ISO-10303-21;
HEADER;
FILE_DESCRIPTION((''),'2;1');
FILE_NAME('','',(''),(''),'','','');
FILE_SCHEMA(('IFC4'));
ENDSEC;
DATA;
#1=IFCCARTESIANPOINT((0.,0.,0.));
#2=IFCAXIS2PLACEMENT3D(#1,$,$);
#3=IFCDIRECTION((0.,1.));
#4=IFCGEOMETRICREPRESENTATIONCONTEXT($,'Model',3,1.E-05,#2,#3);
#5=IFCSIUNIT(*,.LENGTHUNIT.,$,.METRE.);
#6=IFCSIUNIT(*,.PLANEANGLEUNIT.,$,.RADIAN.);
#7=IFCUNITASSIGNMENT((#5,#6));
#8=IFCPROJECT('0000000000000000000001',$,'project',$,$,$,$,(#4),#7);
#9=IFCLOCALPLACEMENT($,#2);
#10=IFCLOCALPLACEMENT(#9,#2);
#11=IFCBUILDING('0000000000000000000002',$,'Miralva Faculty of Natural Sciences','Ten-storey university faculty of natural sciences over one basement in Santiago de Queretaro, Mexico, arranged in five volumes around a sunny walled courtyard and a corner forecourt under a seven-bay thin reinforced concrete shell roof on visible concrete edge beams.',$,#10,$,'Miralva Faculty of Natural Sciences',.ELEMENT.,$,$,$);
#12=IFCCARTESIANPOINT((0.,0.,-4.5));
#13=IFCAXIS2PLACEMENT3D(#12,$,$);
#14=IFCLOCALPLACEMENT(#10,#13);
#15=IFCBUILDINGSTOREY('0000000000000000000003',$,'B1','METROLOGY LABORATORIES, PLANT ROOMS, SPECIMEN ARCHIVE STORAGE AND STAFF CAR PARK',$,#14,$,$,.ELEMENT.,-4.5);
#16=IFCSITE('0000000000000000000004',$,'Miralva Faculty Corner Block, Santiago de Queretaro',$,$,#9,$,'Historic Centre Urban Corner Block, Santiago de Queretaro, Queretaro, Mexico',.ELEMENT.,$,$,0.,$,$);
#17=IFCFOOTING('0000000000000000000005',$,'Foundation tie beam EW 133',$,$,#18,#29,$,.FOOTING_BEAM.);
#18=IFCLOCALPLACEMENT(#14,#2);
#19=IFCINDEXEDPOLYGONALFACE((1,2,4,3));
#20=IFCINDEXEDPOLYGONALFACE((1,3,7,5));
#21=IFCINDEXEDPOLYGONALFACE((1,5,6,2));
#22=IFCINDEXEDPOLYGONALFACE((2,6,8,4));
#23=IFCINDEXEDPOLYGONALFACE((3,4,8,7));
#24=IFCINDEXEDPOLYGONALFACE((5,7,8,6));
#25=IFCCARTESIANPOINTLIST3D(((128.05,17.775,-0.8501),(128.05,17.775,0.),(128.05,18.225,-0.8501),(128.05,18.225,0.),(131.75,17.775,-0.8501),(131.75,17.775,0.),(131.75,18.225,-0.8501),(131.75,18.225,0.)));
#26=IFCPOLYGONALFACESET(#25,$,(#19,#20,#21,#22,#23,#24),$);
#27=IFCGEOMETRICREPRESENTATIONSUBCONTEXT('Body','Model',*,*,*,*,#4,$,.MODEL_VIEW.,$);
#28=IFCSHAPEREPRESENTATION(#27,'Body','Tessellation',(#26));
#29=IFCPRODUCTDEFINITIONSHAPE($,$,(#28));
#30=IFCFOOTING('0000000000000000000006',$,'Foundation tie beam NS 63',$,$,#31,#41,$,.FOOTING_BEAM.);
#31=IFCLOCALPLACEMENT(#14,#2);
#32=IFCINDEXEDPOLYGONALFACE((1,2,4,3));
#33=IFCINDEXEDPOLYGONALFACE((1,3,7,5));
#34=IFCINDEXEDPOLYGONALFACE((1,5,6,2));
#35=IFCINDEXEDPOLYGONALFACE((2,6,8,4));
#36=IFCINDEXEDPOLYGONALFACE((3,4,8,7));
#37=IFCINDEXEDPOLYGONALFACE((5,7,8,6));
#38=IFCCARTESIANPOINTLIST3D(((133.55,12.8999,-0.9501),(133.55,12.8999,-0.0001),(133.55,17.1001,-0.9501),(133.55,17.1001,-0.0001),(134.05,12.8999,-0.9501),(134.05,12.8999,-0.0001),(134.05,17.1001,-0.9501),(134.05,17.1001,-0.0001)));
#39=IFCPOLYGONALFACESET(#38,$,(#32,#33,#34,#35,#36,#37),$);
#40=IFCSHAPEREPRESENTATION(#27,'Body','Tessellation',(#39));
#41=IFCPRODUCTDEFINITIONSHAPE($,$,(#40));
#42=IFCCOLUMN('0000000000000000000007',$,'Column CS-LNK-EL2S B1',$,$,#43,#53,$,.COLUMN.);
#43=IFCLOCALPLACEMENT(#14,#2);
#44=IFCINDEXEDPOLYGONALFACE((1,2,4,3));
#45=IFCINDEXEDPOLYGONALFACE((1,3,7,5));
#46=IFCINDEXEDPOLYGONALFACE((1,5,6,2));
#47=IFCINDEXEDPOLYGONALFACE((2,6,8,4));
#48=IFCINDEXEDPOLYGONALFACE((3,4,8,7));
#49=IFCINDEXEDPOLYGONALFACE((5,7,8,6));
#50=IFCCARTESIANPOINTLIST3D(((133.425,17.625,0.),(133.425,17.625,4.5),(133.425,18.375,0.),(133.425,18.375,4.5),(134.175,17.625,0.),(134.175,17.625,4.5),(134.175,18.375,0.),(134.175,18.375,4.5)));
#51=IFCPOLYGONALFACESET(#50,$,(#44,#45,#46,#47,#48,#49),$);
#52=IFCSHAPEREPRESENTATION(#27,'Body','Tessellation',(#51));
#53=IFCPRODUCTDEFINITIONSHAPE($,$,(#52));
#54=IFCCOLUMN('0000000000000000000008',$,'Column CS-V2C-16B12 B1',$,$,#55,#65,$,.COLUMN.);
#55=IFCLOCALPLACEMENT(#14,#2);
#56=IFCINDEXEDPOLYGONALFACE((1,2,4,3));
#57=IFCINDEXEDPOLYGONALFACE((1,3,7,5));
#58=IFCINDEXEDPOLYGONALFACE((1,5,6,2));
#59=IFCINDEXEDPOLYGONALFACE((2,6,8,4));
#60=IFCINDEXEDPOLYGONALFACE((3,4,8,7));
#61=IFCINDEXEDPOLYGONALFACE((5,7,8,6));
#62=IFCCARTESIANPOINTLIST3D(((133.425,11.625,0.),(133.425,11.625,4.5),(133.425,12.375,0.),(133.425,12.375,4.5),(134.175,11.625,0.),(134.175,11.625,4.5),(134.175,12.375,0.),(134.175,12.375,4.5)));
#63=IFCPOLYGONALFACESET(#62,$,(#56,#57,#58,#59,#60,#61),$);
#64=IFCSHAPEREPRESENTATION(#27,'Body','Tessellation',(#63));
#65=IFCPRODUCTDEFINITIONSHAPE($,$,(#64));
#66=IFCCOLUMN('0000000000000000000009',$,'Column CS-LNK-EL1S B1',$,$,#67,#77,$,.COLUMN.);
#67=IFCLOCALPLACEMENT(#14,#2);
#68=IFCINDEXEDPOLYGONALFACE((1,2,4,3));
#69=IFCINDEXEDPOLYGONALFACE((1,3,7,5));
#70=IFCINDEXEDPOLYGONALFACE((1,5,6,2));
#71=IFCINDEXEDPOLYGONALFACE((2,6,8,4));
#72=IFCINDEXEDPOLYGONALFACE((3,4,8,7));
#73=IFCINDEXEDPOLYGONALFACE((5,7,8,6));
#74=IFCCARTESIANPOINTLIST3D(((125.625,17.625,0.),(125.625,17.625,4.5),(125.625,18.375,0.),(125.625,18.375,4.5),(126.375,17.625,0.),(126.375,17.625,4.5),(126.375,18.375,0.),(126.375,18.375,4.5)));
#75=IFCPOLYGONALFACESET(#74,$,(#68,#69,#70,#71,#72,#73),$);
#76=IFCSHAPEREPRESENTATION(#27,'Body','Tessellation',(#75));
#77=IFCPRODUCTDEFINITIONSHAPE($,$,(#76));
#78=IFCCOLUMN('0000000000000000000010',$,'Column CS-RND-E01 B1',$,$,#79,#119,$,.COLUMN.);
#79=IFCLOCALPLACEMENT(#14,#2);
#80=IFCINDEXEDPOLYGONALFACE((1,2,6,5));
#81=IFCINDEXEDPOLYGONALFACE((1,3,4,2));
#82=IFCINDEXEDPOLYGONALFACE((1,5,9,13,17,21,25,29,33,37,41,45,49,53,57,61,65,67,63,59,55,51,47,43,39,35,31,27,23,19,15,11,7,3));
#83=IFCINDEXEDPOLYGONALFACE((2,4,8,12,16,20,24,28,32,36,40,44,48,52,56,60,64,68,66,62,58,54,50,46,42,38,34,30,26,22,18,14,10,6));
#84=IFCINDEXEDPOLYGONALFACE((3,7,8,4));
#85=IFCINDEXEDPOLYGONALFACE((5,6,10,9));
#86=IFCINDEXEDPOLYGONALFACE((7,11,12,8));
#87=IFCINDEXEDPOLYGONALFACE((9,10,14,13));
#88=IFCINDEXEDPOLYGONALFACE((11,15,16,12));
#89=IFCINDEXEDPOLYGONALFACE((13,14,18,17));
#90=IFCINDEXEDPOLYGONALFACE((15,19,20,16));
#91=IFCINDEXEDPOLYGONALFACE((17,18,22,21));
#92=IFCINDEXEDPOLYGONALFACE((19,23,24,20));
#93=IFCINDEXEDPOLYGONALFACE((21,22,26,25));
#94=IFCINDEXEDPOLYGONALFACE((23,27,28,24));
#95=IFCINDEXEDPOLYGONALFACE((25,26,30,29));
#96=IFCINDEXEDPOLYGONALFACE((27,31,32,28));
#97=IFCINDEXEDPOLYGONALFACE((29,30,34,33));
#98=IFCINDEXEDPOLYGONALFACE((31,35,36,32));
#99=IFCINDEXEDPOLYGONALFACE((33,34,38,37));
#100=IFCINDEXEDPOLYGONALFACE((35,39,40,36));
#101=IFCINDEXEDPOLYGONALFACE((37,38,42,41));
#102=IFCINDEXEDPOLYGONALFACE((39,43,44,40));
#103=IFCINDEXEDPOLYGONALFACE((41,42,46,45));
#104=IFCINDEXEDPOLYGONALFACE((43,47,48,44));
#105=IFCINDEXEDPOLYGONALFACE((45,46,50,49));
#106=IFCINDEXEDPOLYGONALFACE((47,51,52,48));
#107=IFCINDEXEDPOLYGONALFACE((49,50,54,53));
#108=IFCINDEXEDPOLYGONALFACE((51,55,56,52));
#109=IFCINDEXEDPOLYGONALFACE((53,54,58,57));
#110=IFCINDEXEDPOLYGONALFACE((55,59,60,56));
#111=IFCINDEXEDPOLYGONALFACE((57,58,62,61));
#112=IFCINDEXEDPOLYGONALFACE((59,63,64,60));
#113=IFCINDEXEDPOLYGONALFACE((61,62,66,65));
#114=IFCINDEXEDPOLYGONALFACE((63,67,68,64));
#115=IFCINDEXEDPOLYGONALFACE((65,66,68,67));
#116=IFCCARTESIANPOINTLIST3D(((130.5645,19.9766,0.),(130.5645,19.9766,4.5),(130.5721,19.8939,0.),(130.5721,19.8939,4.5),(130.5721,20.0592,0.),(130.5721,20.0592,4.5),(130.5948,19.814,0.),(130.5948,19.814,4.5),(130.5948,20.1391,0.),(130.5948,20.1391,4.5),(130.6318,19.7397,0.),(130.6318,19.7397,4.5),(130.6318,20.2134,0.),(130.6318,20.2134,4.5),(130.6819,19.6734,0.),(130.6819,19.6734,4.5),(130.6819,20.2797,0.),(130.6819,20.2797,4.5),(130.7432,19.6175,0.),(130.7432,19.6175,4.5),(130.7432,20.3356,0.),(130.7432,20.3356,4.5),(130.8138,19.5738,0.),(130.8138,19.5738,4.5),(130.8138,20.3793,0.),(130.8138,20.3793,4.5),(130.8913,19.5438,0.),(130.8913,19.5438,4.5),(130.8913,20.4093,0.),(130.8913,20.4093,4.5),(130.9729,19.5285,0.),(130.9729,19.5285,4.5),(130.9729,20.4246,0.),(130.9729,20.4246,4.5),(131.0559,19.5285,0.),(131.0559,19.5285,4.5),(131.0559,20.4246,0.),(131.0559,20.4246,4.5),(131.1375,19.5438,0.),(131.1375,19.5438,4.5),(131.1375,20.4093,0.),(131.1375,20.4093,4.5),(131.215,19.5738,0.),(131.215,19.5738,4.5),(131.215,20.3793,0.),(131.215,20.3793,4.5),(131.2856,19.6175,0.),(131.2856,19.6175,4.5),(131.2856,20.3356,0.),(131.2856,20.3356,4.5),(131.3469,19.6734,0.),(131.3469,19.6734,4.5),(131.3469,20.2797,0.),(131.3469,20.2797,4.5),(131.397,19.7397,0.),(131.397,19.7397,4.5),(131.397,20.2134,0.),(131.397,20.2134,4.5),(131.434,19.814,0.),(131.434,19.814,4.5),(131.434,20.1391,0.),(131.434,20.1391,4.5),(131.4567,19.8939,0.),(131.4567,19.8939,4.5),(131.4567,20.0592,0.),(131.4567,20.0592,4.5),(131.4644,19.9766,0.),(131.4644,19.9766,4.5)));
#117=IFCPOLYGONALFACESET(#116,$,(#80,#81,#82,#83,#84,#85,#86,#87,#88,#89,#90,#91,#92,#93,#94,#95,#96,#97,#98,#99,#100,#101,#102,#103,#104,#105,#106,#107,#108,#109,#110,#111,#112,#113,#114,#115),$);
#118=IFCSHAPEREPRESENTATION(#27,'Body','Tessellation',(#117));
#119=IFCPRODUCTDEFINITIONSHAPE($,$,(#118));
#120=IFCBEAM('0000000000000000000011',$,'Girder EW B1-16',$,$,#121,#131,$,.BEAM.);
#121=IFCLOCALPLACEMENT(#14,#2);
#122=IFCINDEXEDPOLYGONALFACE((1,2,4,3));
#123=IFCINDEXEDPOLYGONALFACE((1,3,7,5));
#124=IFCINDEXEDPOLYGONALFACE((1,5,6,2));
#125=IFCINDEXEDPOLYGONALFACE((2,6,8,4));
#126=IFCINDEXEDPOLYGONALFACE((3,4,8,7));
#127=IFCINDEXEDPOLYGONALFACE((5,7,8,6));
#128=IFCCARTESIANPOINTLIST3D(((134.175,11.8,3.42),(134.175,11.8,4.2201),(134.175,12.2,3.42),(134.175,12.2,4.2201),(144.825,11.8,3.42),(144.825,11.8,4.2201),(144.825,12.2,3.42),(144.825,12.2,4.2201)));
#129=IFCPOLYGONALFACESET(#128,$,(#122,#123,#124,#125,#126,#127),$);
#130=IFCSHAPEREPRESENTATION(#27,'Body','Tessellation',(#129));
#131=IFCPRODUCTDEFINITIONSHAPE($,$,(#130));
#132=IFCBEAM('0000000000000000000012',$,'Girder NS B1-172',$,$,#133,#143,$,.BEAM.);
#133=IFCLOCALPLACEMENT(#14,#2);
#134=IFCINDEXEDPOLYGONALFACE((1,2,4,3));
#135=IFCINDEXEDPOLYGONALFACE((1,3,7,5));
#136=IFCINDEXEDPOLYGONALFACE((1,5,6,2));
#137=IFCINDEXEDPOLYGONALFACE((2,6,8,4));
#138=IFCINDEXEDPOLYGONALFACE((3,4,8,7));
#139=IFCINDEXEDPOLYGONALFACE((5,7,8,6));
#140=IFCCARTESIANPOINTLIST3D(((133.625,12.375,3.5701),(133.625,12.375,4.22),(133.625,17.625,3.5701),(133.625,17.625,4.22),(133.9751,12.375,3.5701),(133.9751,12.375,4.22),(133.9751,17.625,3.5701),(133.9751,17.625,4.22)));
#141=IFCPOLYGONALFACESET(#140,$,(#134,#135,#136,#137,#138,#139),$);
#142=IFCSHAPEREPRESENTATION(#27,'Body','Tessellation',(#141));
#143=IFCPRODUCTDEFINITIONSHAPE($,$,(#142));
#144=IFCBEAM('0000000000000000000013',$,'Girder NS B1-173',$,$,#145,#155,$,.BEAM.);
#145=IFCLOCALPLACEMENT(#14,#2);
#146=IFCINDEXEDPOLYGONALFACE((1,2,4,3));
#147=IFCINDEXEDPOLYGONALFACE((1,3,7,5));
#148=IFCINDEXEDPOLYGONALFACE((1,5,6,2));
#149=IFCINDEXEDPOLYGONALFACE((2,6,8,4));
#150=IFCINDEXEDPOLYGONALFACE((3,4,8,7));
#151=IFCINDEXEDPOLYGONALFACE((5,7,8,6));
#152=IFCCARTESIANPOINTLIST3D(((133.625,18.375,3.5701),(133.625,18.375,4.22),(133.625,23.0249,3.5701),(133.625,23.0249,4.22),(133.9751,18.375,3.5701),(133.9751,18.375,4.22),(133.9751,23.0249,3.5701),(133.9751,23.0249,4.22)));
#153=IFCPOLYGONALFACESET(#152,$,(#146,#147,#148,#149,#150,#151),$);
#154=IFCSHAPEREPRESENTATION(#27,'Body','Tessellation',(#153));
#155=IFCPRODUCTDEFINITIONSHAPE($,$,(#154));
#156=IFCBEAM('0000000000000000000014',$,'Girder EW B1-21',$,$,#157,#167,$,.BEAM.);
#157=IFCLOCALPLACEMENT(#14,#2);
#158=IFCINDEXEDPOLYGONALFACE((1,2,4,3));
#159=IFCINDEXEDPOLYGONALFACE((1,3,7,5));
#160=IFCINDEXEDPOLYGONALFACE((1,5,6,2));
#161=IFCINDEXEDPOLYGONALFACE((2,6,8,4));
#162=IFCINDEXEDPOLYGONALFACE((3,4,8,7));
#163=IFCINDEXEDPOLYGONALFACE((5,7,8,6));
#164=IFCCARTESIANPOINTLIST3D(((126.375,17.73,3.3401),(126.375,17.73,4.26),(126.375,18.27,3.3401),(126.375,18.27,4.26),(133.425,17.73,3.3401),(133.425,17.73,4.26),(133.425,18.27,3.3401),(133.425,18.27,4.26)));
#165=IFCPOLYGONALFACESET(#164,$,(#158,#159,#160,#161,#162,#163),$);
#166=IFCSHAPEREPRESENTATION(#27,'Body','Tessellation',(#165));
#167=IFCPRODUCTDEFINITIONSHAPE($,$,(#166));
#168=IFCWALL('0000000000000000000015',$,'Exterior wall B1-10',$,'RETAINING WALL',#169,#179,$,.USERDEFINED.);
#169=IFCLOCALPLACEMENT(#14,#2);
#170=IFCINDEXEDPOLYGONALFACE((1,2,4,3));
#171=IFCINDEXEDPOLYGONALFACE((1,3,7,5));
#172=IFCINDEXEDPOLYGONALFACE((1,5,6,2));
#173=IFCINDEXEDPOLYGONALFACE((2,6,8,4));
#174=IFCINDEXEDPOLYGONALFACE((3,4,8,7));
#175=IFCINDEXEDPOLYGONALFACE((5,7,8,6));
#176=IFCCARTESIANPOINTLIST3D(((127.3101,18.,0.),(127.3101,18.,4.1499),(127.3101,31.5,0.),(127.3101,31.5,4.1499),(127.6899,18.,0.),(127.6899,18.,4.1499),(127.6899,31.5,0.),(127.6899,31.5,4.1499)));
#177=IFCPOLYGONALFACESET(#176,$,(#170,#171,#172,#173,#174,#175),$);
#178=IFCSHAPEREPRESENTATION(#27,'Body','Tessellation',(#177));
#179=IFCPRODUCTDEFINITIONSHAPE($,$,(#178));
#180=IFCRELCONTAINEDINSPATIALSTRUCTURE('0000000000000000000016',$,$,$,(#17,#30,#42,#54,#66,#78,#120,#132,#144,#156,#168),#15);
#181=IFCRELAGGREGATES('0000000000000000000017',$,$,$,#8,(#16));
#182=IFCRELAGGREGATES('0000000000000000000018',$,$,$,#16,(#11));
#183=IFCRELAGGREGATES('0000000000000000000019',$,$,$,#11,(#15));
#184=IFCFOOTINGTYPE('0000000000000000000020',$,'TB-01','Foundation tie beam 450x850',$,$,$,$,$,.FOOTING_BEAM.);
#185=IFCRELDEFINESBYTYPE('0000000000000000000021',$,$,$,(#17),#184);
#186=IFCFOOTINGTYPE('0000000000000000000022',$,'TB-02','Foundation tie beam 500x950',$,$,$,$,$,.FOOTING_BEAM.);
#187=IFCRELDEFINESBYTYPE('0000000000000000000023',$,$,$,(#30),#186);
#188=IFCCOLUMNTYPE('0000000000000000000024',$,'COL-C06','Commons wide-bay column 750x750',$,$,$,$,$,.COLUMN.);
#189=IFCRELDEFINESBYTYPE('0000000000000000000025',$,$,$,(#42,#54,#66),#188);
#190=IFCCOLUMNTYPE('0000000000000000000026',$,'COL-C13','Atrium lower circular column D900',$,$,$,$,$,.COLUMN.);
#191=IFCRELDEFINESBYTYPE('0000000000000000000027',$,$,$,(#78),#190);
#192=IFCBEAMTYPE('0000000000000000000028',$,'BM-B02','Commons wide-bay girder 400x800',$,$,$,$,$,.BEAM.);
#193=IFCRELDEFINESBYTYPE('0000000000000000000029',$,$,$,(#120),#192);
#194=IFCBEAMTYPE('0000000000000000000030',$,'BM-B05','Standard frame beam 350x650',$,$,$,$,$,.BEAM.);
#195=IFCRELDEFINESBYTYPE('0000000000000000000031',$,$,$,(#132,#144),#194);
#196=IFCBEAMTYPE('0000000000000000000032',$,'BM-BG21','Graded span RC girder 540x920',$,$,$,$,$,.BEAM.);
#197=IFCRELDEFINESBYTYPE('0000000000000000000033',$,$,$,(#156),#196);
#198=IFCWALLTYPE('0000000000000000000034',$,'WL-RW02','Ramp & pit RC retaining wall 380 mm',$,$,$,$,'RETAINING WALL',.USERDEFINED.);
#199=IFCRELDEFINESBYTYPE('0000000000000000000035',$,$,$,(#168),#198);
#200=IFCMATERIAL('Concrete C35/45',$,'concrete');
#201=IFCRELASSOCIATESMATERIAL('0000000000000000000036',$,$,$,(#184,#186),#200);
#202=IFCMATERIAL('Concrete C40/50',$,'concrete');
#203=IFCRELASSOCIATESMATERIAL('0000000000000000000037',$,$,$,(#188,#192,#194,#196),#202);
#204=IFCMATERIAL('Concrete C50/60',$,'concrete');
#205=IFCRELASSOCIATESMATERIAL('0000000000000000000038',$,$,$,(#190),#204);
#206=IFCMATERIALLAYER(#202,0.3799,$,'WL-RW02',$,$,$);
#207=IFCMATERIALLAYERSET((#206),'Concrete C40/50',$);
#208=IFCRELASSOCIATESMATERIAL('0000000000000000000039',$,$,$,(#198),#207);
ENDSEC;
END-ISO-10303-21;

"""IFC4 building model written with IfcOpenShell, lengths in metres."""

from ifc_helpers import new_model, si_unit, direction, frame, frame_2d, origin, origin_2d, place, context, subcontext, project, spatial, rectangle, circle, extrude, material, layer, layer_set, material_profile, profile_set, type_object, element, save


model = new_model("IFC4")

# Units and contexts
model_context = context("Model", 3, precision=1e-05, world=origin(), true_north=direction((0.0, 1.0)))
body_context = subcontext(model_context, "Body", "Model", "MODEL_VIEW")
ifc_project = project(units=[si_unit("LENGTHUNIT", "METRE"), si_unit("PLANEANGLEUNIT", "RADIAN")], contexts=[model_context])

# Site, building, storey
site_placement = place(None, origin())
site = spatial("IfcSite", under=ifc_project, at=site_placement, Name="Miralva Faculty Corner Block, Santiago de Queretaro", LongName="Historic Centre Urban Corner Block, Santiago de Queretaro, Queretaro, Mexico", CompositionType="ELEMENT", RefElevation=0.0)
building_placement = place(site_placement, origin())
building = spatial("IfcBuilding", under=site, at=building_placement, Name="Miralva Faculty of Natural Sciences", Description="Ten-storey university faculty of natural sciences over one basement in Santiago de Queretaro, Mexico, arranged in five volumes around a sunny walled courtyard and a corner forecourt under a seven-bay thin reinforced concrete shell roof on visible concrete edge beams.", LongName="Miralva Faculty of Natural Sciences", CompositionType="ELEMENT")
storey_placement = place(building_placement, frame((0.0, 0.0, -4.5)))
storey = spatial("IfcBuildingStorey", under=building, at=storey_placement, Name="B1", Description="METROLOGY LABORATORIES, PLANT ROOMS, SPECIMEN ARCHIVE STORAGE AND STAFF CAR PARK", CompositionType="ELEMENT", Elevation=-4.5)

# Shared definitions
ifc_material_1 = material(Name="Concrete C35/45", Category="concrete")

# Footings
ifc_material_profile_1 = material_profile(ifc_material_1, rectangle(XDim=0.45, YDim=0.8501, at=origin_2d()), Name="RC 450x850")
ifc_profile_set_1 = profile_set([ifc_material_profile_1], Name="Concrete C35/45")
footing_type_1 = type_object("IfcFootingType", Name="TB-01", Description="Foundation tie beam 450x850", PredefinedType="FOOTING_BEAM", material=ifc_profile_set_1)
footing_1_placement = place(storey_placement, frame((128.05, 18.0, -0.425), z_axis=(1.0, 0.0, 0.0), x_axis=(0.0, 1.0, 0.0)))
element("IfcFooting", 1, at=footing_1_placement, inside=storey, type_object=footing_type_1, Name="Foundation tie beam EW 133", PredefinedType="FOOTING_BEAM", context=body_context, shape_type="SweptSolid", body=[
    extrude(rectangle(XDim=0.45, YDim=0.8501, at=origin_2d()), origin(), (0.0, 0.0, 1.0), 3.7),
])
ifc_material_profile_2 = material_profile(ifc_material_1, rectangle(XDim=0.5, YDim=0.95, at=origin_2d()), Name="RC 500x950")
ifc_profile_set_2 = profile_set([ifc_material_profile_2], Name="Concrete C35/45")
footing_type_2 = type_object("IfcFootingType", Name="TB-02", Description="Foundation tie beam 500x950", PredefinedType="FOOTING_BEAM", material=ifc_profile_set_2)
footing_2_placement = place(storey_placement, frame((133.8, 12.8999, -0.4751), z_axis=(0.0, 1.0, 0.0), x_axis=(-1.0, 0.0, 0.0)))
element("IfcFooting", 2, at=footing_2_placement, inside=storey, type_object=footing_type_2, Name="Foundation tie beam NS 63", PredefinedType="FOOTING_BEAM", context=body_context, shape_type="SweptSolid", body=[
    extrude(rectangle(XDim=0.5, YDim=0.95, at=origin_2d()), origin(), (0.0, 0.0, 1.0), 4.2002),
])

# Columns
ifc_material_2 = material(Name="Concrete C40/50", Category="concrete")
ifc_material_profile_3 = material_profile(ifc_material_2, rectangle(XDim=0.75, YDim=0.75, at=origin_2d()), Name="RC 750x750")
ifc_profile_set_3 = profile_set([ifc_material_profile_3], Name="Concrete C40/50")
column_type_1 = type_object("IfcColumnType", Name="COL-C06", Description="Commons wide-bay column 750x750", PredefinedType="COLUMN", material=ifc_profile_set_3)
for number, where, z_axis, x_axis, name in (
    (3, (133.8, 18.0, 0.0), (0.0, 0.0, 1.0), (1.0, 0.0, 0.0), "Column CS-LNK-EL2S B1"),
    (4, (133.8, 12.0, 0.0), (0.0, 0.0, 1.0), (1.0, 0.0, 0.0), "Column CS-V2C-16B12 B1"),
    (5, (126.0, 18.0, 0.0), (0.0, 0.0, 1.0), (1.0, 0.0, 0.0), "Column CS-LNK-EL1S B1"),
):
    element("IfcColumn", number, at=place(storey_placement, frame(where, z_axis=z_axis, x_axis=x_axis)), inside=storey, type_object=column_type_1, Name=name, PredefinedType="COLUMN", context=body_context, shape_type="SweptSolid", body=[
        extrude(rectangle(XDim=0.75, YDim=0.75, at=origin_2d()), origin(), (0.0, 0.0, 1.0), 4.5),
    ])
ifc_material_3 = material(Name="Concrete C50/60", Category="concrete")
ifc_material_profile_4 = material_profile(ifc_material_3, circle(Radius=0.45, at=origin_2d()), Name="RC DIA 900")
ifc_profile_set_4 = profile_set([ifc_material_profile_4], Name="Concrete C50/60")
column_type_2 = type_object("IfcColumnType", Name="COL-C13", Description="Atrium lower circular column D900", PredefinedType="COLUMN", material=ifc_profile_set_4)
column_placement = place(storey_placement, frame((131.0144, 19.9766, 0.0), z_axis=(0.0, 0.0, 1.0), x_axis=(1.0, 0.0, 0.0)))
element("IfcColumn", 6, at=column_placement, inside=storey, type_object=column_type_2, Name="Column CS-RND-E01 B1", PredefinedType="COLUMN", context=body_context, shape_type="SweptSolid", body=[
    extrude(circle(Radius=0.45, at=origin_2d()), origin(), (0.0, 0.0, 1.0), 4.5),
])

# Beams
ifc_material_profile_5 = material_profile(ifc_material_2, rectangle(XDim=0.3999, YDim=0.8, at=origin_2d()), Name="RC 400x800")
ifc_profile_set_5 = profile_set([ifc_material_profile_5], Name="Concrete C40/50")
beam_type_1 = type_object("IfcBeamType", Name="BM-B02", Description="Commons wide-bay girder 400x800", PredefinedType="BEAM", material=ifc_profile_set_5)
beam_1_placement = place(storey_placement, frame((134.175, 12.0, 3.8201), z_axis=(1.0, 0.0, 0.0), x_axis=(0.0, 1.0, 0.0)))
element("IfcBeam", 7, at=beam_1_placement, inside=storey, type_object=beam_type_1, Name="Girder EW B1-16", PredefinedType="BEAM", context=body_context, shape_type="SweptSolid", body=[
    extrude(rectangle(XDim=0.3999, YDim=0.8, at=origin_2d()), origin(), (0.0, 0.0, 1.0), 10.6499),
])
ifc_material_profile_6 = material_profile(ifc_material_2, rectangle(XDim=0.3501, YDim=0.6499, at=origin_2d()), Name="RC 350x650")
ifc_profile_set_6 = profile_set([ifc_material_profile_6], Name="Concrete C40/50")
beam_type_2 = type_object("IfcBeamType", Name="BM-B05", Description="Standard frame beam 350x650", PredefinedType="BEAM", material=ifc_profile_set_6)
beam_2_placement = place(storey_placement, frame((133.8, 12.375, 3.895), z_axis=(0.0, 1.0, 0.0), x_axis=(-1.0, 0.0, 0.0)))
element("IfcBeam", 8, at=beam_2_placement, inside=storey, type_object=beam_type_2, Name="Girder NS B1-172", PredefinedType="BEAM", context=body_context, shape_type="SweptSolid", body=[
    extrude(rectangle(XDim=0.3501, YDim=0.6499, at=origin_2d()), origin(), (0.0, 0.0, 1.0), 5.25),
])
beam_3_placement = place(storey_placement, frame((133.8, 18.375, 3.895), z_axis=(0.0, 1.0, 0.0), x_axis=(-1.0, 0.0, 0.0)))
element("IfcBeam", 9, at=beam_3_placement, inside=storey, type_object=beam_type_2, Name="Girder NS B1-173", PredefinedType="BEAM", context=body_context, shape_type="SweptSolid", body=[
    extrude(rectangle(XDim=0.3501, YDim=0.6499, at=origin_2d()), origin(), (0.0, 0.0, 1.0), 4.6499),
])
ifc_material_profile_7 = material_profile(ifc_material_2, rectangle(XDim=0.54, YDim=0.9199, at=origin_2d()), Name="RC 540x920")
ifc_profile_set_7 = profile_set([ifc_material_profile_7], Name="Concrete C40/50")
beam_type_3 = type_object("IfcBeamType", Name="BM-BG21", Description="Graded span RC girder 540x920", PredefinedType="BEAM", material=ifc_profile_set_7)
beam_4_placement = place(storey_placement, frame((126.375, 18.0, 3.8), z_axis=(1.0, 0.0, 0.0), x_axis=(0.0, 1.0, 0.0)))
element("IfcBeam", 10, at=beam_4_placement, inside=storey, type_object=beam_type_3, Name="Girder EW B1-21", PredefinedType="BEAM", context=body_context, shape_type="SweptSolid", body=[
    extrude(rectangle(XDim=0.54, YDim=0.9199, at=origin_2d()), origin(), (0.0, 0.0, 1.0), 7.05),
])

# Wall
ifc_layer_1 = layer(ifc_material_2, 0.3799, Name="WL-RW02")
ifc_layer_set_1 = layer_set([ifc_layer_1], Name="Concrete C40/50")
wall_type = type_object("IfcWallType", Name="WL-RW02", Description="Ramp & pit RC retaining wall 380 mm", ElementType="RETAINING WALL", PredefinedType="USERDEFINED", material=ifc_layer_set_1)
wall_placement = place(storey_placement, frame((127.5, 18.0, 0.0), z_axis=(0.0, 0.0, 1.0), x_axis=(0.0, 1.0, 0.0)))
element("IfcWall", 11, at=wall_placement, inside=storey, type_object=wall_type, Name="Exterior wall B1-10", ObjectType="RETAINING WALL", PredefinedType="USERDEFINED", context=body_context, shape_type="SweptSolid", body=[
    extrude(rectangle(XDim=13.5, YDim=0.3799, at=frame_2d((6.75, 0.0))), origin(), (0.0, 0.0, 1.0), 4.1499),
])

save(model, "model.ifc")
